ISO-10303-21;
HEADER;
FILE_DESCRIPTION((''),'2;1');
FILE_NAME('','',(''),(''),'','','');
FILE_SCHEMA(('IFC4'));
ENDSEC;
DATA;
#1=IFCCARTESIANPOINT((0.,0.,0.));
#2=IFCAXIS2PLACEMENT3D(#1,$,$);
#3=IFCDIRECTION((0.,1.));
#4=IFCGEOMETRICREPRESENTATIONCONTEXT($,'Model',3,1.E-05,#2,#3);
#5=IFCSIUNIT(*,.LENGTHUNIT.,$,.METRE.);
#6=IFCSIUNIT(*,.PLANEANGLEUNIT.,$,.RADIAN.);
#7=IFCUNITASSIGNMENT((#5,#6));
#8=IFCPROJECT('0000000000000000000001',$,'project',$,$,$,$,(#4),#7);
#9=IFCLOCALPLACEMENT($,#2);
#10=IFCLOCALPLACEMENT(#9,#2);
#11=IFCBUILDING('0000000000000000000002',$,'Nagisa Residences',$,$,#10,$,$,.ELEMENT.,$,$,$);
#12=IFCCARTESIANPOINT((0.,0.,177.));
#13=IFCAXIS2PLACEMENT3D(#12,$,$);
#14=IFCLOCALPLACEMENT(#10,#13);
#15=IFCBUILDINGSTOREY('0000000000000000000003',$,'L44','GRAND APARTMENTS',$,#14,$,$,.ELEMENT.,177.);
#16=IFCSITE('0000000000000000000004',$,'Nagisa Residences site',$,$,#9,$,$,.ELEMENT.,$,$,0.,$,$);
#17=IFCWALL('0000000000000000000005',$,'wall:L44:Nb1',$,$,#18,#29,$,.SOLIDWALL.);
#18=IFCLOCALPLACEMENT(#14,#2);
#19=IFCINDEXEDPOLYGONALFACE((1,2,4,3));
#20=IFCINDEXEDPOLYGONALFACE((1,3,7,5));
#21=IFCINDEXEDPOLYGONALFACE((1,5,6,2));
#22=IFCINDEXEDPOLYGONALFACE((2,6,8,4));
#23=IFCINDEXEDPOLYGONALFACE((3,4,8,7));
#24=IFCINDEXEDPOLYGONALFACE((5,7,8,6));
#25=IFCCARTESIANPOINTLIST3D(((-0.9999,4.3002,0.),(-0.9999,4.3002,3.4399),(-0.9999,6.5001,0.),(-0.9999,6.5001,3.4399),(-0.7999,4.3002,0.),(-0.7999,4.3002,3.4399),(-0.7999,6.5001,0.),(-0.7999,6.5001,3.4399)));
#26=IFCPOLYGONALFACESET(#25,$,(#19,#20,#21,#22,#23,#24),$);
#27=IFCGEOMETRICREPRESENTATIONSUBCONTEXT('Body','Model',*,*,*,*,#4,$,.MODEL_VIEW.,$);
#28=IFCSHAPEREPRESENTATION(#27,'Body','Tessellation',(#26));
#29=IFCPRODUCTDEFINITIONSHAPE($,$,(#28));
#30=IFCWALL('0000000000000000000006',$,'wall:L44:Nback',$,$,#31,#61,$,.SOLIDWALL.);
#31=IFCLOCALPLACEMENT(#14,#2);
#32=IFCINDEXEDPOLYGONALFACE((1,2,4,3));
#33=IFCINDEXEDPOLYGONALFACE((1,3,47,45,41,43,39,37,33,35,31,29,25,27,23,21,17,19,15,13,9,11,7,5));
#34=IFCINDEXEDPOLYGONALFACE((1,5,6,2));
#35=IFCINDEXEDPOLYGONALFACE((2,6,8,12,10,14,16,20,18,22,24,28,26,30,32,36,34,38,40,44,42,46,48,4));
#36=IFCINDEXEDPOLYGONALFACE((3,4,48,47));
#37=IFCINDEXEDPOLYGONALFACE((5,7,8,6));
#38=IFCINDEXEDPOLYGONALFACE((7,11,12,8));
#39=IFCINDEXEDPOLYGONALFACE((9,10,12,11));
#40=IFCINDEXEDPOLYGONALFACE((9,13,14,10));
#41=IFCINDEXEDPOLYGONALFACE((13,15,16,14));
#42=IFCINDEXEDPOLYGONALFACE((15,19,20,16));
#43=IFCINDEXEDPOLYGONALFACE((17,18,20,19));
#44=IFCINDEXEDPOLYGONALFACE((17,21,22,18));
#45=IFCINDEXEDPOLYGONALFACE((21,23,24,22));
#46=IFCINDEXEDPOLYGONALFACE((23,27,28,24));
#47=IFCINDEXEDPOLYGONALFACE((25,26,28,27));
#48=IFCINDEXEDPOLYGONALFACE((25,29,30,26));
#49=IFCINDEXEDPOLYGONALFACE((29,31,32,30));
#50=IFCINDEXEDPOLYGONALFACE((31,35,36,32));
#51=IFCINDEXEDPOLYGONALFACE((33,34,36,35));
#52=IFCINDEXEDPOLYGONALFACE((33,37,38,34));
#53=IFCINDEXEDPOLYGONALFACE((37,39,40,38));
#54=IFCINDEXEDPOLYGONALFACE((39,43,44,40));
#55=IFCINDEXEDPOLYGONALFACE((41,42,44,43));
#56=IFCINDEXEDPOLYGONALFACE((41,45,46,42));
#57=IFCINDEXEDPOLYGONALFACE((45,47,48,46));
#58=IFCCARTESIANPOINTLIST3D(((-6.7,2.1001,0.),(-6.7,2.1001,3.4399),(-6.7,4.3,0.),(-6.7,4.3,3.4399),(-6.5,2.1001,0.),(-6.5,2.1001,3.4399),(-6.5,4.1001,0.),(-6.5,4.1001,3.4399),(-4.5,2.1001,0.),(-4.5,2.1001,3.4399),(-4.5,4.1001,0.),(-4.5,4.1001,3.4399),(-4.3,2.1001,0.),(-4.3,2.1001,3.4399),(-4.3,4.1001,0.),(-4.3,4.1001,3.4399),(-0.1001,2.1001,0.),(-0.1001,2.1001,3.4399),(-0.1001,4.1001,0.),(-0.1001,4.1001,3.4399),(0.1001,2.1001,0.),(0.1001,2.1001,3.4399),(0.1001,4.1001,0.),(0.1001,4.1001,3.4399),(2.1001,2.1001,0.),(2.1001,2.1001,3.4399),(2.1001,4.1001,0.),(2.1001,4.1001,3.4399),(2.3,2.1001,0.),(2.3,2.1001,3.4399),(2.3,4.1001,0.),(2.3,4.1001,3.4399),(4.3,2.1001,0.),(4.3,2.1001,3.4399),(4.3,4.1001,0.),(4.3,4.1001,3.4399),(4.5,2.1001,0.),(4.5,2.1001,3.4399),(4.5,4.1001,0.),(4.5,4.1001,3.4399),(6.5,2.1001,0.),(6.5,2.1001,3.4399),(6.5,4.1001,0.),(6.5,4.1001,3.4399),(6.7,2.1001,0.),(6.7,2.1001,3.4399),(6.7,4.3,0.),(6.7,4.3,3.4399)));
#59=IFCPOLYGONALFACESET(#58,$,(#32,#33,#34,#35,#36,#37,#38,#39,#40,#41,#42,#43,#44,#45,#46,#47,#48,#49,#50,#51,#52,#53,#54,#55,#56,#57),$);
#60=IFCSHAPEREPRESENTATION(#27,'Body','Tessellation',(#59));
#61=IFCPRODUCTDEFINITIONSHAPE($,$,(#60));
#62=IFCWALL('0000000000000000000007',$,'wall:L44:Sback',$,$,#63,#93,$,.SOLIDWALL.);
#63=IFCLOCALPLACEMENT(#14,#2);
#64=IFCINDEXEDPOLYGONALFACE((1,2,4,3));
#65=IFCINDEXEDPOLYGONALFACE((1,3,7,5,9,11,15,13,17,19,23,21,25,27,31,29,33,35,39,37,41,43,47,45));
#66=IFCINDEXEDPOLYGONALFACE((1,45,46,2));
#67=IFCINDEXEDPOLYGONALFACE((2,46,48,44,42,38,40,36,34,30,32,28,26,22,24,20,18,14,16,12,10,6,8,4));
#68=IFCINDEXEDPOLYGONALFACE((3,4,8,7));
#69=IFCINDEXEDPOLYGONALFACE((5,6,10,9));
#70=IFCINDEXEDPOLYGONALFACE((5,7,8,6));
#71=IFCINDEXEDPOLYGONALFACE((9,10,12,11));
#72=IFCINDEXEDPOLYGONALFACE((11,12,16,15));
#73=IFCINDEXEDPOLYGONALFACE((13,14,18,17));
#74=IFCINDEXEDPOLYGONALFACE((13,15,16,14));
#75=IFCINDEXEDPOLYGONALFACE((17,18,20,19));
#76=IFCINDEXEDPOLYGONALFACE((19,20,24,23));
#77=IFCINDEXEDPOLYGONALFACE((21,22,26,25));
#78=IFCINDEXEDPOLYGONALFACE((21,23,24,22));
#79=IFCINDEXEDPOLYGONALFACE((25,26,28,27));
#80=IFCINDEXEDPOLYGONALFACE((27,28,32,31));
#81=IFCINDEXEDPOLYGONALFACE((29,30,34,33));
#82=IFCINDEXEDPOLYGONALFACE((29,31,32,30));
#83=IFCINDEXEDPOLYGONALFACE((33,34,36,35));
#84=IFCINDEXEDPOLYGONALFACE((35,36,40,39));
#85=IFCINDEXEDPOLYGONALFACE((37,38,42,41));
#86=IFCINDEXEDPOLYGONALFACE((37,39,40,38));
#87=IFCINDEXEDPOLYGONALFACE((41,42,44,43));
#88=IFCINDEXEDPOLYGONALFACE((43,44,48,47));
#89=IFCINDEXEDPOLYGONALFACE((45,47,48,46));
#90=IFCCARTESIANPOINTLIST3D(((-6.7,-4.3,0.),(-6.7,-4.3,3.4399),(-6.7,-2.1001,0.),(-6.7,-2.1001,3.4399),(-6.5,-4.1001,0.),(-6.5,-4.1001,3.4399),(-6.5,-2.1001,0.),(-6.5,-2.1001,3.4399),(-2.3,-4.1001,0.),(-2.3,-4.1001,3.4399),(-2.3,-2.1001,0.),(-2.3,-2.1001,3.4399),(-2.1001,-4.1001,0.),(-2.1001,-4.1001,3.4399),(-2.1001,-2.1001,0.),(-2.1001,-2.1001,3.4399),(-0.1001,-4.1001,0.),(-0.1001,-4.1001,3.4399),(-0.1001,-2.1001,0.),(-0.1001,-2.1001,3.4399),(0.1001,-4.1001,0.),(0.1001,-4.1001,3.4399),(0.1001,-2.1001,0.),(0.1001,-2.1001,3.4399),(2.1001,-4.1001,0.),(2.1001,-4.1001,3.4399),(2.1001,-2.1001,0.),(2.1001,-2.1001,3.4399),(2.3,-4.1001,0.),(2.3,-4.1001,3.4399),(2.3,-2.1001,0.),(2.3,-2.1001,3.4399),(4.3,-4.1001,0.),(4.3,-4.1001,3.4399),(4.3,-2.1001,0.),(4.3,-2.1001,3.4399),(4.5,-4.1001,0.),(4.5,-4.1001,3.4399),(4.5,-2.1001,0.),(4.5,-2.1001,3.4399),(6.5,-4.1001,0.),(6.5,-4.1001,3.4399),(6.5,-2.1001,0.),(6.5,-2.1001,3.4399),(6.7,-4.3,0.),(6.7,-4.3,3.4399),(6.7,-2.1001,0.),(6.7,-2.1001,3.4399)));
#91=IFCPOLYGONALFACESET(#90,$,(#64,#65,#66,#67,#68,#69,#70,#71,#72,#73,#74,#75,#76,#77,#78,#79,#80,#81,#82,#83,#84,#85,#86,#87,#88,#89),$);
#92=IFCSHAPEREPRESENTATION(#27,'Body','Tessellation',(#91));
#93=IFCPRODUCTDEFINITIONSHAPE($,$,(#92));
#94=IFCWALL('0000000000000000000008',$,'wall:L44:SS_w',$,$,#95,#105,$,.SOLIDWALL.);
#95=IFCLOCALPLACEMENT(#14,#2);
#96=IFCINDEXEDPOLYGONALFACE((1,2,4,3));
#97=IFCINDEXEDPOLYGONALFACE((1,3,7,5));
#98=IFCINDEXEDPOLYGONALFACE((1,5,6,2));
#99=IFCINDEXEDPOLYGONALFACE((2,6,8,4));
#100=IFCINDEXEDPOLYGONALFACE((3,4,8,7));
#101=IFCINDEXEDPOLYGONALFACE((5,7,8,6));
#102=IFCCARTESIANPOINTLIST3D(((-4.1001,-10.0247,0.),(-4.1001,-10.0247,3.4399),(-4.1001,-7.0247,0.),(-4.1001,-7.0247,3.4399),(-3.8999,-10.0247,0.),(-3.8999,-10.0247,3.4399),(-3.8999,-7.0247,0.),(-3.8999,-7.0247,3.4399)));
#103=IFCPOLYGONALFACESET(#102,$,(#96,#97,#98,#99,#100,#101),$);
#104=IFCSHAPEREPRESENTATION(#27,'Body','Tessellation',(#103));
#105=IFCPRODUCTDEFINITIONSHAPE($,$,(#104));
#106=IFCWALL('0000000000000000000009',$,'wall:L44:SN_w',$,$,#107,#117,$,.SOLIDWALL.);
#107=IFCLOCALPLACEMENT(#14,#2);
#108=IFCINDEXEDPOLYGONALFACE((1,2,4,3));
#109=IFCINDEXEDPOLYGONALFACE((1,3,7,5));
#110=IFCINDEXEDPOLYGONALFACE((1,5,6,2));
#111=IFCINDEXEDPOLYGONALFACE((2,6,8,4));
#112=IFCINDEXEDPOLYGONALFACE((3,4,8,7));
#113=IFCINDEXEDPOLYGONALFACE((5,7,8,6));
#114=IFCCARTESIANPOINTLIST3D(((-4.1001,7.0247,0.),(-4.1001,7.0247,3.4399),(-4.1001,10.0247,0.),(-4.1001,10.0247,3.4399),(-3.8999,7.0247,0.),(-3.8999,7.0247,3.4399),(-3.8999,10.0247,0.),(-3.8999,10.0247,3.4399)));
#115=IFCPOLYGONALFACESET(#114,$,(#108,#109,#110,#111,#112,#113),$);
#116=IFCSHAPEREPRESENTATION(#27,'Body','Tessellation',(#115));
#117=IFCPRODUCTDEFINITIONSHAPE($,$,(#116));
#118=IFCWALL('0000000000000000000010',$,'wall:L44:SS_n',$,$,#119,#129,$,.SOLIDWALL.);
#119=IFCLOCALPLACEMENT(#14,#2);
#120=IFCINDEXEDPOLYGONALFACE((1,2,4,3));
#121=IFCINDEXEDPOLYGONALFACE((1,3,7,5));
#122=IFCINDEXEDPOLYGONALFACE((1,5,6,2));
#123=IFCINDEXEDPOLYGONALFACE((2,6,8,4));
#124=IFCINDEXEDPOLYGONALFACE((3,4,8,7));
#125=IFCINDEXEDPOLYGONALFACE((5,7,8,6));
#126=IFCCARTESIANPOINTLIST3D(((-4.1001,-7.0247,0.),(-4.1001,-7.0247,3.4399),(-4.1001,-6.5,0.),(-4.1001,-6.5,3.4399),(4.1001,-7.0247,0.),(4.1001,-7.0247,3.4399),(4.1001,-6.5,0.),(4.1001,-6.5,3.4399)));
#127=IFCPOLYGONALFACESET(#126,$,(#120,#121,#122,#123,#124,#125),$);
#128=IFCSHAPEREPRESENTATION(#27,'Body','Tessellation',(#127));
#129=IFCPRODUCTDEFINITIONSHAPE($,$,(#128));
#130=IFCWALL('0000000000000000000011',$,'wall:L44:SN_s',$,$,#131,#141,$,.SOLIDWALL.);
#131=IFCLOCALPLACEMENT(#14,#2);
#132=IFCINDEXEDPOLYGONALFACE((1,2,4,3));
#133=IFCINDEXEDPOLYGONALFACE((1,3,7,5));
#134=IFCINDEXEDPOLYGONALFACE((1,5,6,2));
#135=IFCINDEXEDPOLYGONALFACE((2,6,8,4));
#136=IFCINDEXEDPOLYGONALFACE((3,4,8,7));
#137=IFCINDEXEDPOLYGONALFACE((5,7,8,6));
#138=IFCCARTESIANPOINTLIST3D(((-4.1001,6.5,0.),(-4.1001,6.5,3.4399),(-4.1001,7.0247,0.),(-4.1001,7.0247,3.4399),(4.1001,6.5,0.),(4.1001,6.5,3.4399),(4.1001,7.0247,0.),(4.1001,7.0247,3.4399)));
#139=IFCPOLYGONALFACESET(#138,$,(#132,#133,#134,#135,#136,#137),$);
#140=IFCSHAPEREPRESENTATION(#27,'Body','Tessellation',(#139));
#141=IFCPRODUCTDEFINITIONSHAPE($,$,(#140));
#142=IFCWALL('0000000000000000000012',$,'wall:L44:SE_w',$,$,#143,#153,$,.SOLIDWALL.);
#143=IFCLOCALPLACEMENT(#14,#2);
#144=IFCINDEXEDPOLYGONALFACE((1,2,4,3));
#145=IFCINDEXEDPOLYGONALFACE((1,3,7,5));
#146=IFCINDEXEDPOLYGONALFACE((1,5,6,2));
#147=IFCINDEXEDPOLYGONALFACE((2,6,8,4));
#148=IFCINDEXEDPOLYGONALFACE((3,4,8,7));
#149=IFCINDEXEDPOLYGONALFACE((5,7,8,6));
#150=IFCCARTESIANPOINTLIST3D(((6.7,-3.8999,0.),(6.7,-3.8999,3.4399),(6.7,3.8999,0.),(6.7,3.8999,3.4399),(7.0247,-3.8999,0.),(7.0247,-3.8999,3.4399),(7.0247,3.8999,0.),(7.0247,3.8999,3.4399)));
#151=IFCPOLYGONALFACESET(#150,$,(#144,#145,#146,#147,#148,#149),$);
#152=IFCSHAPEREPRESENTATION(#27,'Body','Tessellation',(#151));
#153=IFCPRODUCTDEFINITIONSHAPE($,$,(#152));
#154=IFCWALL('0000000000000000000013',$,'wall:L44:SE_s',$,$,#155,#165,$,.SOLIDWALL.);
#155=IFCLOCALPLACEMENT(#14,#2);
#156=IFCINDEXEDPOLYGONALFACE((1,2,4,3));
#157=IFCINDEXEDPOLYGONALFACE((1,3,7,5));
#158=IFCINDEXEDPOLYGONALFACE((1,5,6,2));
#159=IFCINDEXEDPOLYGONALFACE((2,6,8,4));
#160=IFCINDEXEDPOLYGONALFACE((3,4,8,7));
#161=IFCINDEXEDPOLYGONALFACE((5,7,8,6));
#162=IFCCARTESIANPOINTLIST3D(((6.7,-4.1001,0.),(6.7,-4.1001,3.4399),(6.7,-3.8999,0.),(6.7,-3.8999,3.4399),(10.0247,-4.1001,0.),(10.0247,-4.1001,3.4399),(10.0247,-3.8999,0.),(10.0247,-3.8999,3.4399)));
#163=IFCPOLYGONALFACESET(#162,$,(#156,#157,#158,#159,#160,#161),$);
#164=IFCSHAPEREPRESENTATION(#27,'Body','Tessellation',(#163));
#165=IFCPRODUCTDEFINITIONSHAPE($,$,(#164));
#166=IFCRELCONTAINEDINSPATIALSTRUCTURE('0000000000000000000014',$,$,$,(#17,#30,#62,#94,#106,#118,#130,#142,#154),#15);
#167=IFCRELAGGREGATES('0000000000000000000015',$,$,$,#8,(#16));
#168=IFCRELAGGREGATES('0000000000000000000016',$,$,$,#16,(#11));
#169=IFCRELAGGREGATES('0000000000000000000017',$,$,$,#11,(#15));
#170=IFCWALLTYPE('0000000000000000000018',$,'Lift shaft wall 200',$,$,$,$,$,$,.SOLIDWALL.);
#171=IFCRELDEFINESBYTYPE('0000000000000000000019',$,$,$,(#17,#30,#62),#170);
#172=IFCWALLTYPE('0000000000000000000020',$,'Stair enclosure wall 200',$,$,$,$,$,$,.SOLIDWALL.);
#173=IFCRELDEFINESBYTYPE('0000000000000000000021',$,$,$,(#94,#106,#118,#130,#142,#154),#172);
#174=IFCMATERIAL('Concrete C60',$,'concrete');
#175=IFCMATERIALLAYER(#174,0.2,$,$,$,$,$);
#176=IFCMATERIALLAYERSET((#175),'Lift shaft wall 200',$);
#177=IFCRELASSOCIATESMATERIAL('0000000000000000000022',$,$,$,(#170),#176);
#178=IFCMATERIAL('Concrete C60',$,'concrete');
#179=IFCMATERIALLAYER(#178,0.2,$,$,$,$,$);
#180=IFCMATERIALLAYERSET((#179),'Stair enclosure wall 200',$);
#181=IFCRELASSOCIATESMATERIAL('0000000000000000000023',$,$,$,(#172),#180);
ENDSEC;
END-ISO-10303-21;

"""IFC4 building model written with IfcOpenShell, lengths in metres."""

from ifc_helpers import new_model, si_unit, direction, frame, frame_2d, origin, place, context, subcontext, project, spatial, polyline, rectangle, outline, extrude, material, layer, layer_set, type_object, element, save


model = new_model("IFC4")

# Units and contexts
model_context = context("Model", 3, precision=1e-05, world=origin(), true_north=direction((0.0, 1.0)))
body_context = subcontext(model_context, "Body", "Model", "MODEL_VIEW")
ifc_project = project(units=[si_unit("LENGTHUNIT", "METRE"), si_unit("PLANEANGLEUNIT", "RADIAN")], contexts=[model_context])

# Site, building, storey
site_placement = place(None, origin())
site = spatial("IfcSite", under=ifc_project, at=site_placement, Name="Nagisa Residences site", CompositionType="ELEMENT", RefElevation=0.0)
building_placement = place(site_placement, origin())
building = spatial("IfcBuilding", under=site, at=building_placement, Name="Nagisa Residences", CompositionType="ELEMENT")
storey_placement = place(building_placement, frame((0.0, 0.0, 177.0)))
storey = spatial("IfcBuildingStorey", under=building, at=storey_placement, Name="L44", Description="GRAND APARTMENTS", CompositionType="ELEMENT", Elevation=177.0)

# Shared definitions
ifc_material_1 = material(Name="Concrete C60", Category="concrete")
ifc_layer_1 = layer(ifc_material_1, 0.2)
ifc_layer_set_1 = layer_set([ifc_layer_1], Name="Lift shaft wall 200")
wall_type_1 = type_object("IfcWallType", Name="Lift shaft wall 200", PredefinedType="SOLIDWALL", material=ifc_layer_set_1)

# Walls
wall_1_placement = place(storey_placement, frame((-0.8999, 4.3, 0.0), z_axis=(0.0, 0.0, 1.0), x_axis=(0.0, 1.0, 0.0)))
element("IfcWall", 1, at=wall_1_placement, inside=storey, type_object=wall_type_1, Name="wall:L44:Nb1", PredefinedType="SOLIDWALL", context=body_context, shape_type="SweptSolid", body=[
    extrude(rectangle(XDim=2.2, YDim=0.2, at=frame_2d((1.1001, 0.0))), origin(), (0.0, 0.0, 1.0), 3.4399),
])
wall_2_placement = place(storey_placement, origin())
element("IfcWall", 2, at=wall_2_placement, inside=storey, type_object=wall_type_1, Name="wall:L44:Nback", PredefinedType="SOLIDWALL", context=body_context, shape_type="SweptSolid", body=[
    extrude(outline(polyline([(-6.7, 4.3), (6.7, 4.3), (6.7, 2.1001), (6.5, 2.1001), (6.5, 4.1001), (4.5, 4.1001), (4.5, 2.1001), (4.3, 2.1001), (4.3, 4.1001), (2.3, 4.1001), (2.3, 2.1001), (2.1001, 2.1001), (2.1001, 4.1001), (0.1001, 4.1001), (0.1001, 2.1001), (-0.1001, 2.1001), (-0.1001, 4.1001), (-4.3, 4.1001), (-4.3, 2.1001), (-4.5, 2.1001), (-4.5, 4.1001), (-6.5, 4.1001), (-6.5, 2.1001), (-6.7, 2.1001), (-6.7, 4.3)])), origin(), (0.0, 0.0, 1.0), 3.4399),
])
wall_3_placement = place(storey_placement, origin())
element("IfcWall", 3, at=wall_3_placement, inside=storey, type_object=wall_type_1, Name="wall:L44:Sback", PredefinedType="SOLIDWALL", context=body_context, shape_type="SweptSolid", body=[
    extrude(outline(polyline([(-6.7, -2.1001), (-6.5, -2.1001), (-6.5, -4.1001), (-2.3, -4.1001), (-2.3, -2.1001), (-2.1001, -2.1001), (-2.1001, -4.1001), (-0.1001, -4.1001), (-0.1001, -2.1001), (0.1001, -2.1001), (0.1001, -4.1001), (2.1001, -4.1001), (2.1001, -2.1001), (2.3, -2.1001), (2.3, -4.1001), (4.3, -4.1001), (4.3, -2.1001), (4.5, -2.1001), (4.5, -4.1001), (6.5, -4.1001), (6.5, -2.1001), (6.7, -2.1001), (6.7, -4.3), (-6.7, -4.3), (-6.7, -2.1001)])), origin(), (0.0, 0.0, 1.0), 3.4399),
])
ifc_material_2 = material(Name="Concrete C60", Category="concrete")
ifc_layer_2 = layer(ifc_material_2, 0.2)
ifc_layer_set_2 = layer_set([ifc_layer_2], Name="Stair enclosure wall 200")
wall_type_2 = type_object("IfcWallType", Name="Stair enclosure wall 200", PredefinedType="SOLIDWALL", material=ifc_layer_set_2)
wall_4_placement = place(storey_placement, origin())
element("IfcWall", 4, at=wall_4_placement, inside=storey, type_object=wall_type_2, Name="wall:L44:SS_w", PredefinedType="SOLIDWALL", context=body_context, shape_type="SweptSolid", body=[
    extrude(outline(polyline([(-3.8999, -10.0247), (-4.1001, -10.0247), (-4.1001, -7.0247), (-3.8999, -7.0247), (-3.8999, -10.0247)])), origin(), (0.0, 0.0, 1.0), 3.4399),
])
wall_5_placement = place(storey_placement, origin())
element("IfcWall", 5, at=wall_5_placement, inside=storey, type_object=wall_type_2, Name="wall:L44:SN_w", PredefinedType="SOLIDWALL", context=body_context, shape_type="SweptSolid", body=[
    extrude(outline(polyline([(-3.8999, 7.0247), (-4.1001, 7.0247), (-4.1001, 10.0247), (-3.8999, 10.0247), (-3.8999, 7.0247)])), origin(), (0.0, 0.0, 1.0), 3.4399),
])
wall_6_placement = place(storey_placement, origin())
element("IfcWall", 6, at=wall_6_placement, inside=storey, type_object=wall_type_2, Name="wall:L44:SS_n", PredefinedType="SOLIDWALL", context=body_context, shape_type="SweptSolid", body=[
    extrude(outline(polyline([(4.1001, -7.0247), (-4.1001, -7.0247), (-4.1001, -6.5), (4.1001, -6.5), (4.1001, -7.0247)])), origin(), (0.0, 0.0, 1.0), 3.4399),
])
wall_7_placement = place(storey_placement, origin())
element("IfcWall", 7, at=wall_7_placement, inside=storey, type_object=wall_type_2, Name="wall:L44:SN_s", PredefinedType="SOLIDWALL", context=body_context, shape_type="SweptSolid", body=[
    extrude(outline(polyline([(4.1001, 6.5), (-4.1001, 6.5), (-4.1001, 7.0247), (4.1001, 7.0247), (4.1001, 6.5)])), origin(), (0.0, 0.0, 1.0), 3.4399),
])
wall_8_placement = place(storey_placement, origin())
element("IfcWall", 8, at=wall_8_placement, inside=storey, type_object=wall_type_2, Name="wall:L44:SE_w", PredefinedType="SOLIDWALL", context=body_context, shape_type="SweptSolid", body=[
    extrude(outline(polyline([(7.0247, -3.8999), (6.7, -3.8999), (6.7, 3.8999), (7.0247, 3.8999), (7.0247, -3.8999)])), origin(), (0.0, 0.0, 1.0), 3.4399),
])
wall_9_placement = place(storey_placement, origin())
element("IfcWall", 9, at=wall_9_placement, inside=storey, type_object=wall_type_2, Name="wall:L44:SE_s", PredefinedType="SOLIDWALL", context=body_context, shape_type="SweptSolid", body=[
    extrude(outline(polyline([(10.0247, -4.1001), (6.7, -4.1001), (6.7, -3.8999), (10.0247, -3.8999), (10.0247, -4.1001)])), origin(), (0.0, 0.0, 1.0), 3.4399),
])

save(model, "model.ifc")
